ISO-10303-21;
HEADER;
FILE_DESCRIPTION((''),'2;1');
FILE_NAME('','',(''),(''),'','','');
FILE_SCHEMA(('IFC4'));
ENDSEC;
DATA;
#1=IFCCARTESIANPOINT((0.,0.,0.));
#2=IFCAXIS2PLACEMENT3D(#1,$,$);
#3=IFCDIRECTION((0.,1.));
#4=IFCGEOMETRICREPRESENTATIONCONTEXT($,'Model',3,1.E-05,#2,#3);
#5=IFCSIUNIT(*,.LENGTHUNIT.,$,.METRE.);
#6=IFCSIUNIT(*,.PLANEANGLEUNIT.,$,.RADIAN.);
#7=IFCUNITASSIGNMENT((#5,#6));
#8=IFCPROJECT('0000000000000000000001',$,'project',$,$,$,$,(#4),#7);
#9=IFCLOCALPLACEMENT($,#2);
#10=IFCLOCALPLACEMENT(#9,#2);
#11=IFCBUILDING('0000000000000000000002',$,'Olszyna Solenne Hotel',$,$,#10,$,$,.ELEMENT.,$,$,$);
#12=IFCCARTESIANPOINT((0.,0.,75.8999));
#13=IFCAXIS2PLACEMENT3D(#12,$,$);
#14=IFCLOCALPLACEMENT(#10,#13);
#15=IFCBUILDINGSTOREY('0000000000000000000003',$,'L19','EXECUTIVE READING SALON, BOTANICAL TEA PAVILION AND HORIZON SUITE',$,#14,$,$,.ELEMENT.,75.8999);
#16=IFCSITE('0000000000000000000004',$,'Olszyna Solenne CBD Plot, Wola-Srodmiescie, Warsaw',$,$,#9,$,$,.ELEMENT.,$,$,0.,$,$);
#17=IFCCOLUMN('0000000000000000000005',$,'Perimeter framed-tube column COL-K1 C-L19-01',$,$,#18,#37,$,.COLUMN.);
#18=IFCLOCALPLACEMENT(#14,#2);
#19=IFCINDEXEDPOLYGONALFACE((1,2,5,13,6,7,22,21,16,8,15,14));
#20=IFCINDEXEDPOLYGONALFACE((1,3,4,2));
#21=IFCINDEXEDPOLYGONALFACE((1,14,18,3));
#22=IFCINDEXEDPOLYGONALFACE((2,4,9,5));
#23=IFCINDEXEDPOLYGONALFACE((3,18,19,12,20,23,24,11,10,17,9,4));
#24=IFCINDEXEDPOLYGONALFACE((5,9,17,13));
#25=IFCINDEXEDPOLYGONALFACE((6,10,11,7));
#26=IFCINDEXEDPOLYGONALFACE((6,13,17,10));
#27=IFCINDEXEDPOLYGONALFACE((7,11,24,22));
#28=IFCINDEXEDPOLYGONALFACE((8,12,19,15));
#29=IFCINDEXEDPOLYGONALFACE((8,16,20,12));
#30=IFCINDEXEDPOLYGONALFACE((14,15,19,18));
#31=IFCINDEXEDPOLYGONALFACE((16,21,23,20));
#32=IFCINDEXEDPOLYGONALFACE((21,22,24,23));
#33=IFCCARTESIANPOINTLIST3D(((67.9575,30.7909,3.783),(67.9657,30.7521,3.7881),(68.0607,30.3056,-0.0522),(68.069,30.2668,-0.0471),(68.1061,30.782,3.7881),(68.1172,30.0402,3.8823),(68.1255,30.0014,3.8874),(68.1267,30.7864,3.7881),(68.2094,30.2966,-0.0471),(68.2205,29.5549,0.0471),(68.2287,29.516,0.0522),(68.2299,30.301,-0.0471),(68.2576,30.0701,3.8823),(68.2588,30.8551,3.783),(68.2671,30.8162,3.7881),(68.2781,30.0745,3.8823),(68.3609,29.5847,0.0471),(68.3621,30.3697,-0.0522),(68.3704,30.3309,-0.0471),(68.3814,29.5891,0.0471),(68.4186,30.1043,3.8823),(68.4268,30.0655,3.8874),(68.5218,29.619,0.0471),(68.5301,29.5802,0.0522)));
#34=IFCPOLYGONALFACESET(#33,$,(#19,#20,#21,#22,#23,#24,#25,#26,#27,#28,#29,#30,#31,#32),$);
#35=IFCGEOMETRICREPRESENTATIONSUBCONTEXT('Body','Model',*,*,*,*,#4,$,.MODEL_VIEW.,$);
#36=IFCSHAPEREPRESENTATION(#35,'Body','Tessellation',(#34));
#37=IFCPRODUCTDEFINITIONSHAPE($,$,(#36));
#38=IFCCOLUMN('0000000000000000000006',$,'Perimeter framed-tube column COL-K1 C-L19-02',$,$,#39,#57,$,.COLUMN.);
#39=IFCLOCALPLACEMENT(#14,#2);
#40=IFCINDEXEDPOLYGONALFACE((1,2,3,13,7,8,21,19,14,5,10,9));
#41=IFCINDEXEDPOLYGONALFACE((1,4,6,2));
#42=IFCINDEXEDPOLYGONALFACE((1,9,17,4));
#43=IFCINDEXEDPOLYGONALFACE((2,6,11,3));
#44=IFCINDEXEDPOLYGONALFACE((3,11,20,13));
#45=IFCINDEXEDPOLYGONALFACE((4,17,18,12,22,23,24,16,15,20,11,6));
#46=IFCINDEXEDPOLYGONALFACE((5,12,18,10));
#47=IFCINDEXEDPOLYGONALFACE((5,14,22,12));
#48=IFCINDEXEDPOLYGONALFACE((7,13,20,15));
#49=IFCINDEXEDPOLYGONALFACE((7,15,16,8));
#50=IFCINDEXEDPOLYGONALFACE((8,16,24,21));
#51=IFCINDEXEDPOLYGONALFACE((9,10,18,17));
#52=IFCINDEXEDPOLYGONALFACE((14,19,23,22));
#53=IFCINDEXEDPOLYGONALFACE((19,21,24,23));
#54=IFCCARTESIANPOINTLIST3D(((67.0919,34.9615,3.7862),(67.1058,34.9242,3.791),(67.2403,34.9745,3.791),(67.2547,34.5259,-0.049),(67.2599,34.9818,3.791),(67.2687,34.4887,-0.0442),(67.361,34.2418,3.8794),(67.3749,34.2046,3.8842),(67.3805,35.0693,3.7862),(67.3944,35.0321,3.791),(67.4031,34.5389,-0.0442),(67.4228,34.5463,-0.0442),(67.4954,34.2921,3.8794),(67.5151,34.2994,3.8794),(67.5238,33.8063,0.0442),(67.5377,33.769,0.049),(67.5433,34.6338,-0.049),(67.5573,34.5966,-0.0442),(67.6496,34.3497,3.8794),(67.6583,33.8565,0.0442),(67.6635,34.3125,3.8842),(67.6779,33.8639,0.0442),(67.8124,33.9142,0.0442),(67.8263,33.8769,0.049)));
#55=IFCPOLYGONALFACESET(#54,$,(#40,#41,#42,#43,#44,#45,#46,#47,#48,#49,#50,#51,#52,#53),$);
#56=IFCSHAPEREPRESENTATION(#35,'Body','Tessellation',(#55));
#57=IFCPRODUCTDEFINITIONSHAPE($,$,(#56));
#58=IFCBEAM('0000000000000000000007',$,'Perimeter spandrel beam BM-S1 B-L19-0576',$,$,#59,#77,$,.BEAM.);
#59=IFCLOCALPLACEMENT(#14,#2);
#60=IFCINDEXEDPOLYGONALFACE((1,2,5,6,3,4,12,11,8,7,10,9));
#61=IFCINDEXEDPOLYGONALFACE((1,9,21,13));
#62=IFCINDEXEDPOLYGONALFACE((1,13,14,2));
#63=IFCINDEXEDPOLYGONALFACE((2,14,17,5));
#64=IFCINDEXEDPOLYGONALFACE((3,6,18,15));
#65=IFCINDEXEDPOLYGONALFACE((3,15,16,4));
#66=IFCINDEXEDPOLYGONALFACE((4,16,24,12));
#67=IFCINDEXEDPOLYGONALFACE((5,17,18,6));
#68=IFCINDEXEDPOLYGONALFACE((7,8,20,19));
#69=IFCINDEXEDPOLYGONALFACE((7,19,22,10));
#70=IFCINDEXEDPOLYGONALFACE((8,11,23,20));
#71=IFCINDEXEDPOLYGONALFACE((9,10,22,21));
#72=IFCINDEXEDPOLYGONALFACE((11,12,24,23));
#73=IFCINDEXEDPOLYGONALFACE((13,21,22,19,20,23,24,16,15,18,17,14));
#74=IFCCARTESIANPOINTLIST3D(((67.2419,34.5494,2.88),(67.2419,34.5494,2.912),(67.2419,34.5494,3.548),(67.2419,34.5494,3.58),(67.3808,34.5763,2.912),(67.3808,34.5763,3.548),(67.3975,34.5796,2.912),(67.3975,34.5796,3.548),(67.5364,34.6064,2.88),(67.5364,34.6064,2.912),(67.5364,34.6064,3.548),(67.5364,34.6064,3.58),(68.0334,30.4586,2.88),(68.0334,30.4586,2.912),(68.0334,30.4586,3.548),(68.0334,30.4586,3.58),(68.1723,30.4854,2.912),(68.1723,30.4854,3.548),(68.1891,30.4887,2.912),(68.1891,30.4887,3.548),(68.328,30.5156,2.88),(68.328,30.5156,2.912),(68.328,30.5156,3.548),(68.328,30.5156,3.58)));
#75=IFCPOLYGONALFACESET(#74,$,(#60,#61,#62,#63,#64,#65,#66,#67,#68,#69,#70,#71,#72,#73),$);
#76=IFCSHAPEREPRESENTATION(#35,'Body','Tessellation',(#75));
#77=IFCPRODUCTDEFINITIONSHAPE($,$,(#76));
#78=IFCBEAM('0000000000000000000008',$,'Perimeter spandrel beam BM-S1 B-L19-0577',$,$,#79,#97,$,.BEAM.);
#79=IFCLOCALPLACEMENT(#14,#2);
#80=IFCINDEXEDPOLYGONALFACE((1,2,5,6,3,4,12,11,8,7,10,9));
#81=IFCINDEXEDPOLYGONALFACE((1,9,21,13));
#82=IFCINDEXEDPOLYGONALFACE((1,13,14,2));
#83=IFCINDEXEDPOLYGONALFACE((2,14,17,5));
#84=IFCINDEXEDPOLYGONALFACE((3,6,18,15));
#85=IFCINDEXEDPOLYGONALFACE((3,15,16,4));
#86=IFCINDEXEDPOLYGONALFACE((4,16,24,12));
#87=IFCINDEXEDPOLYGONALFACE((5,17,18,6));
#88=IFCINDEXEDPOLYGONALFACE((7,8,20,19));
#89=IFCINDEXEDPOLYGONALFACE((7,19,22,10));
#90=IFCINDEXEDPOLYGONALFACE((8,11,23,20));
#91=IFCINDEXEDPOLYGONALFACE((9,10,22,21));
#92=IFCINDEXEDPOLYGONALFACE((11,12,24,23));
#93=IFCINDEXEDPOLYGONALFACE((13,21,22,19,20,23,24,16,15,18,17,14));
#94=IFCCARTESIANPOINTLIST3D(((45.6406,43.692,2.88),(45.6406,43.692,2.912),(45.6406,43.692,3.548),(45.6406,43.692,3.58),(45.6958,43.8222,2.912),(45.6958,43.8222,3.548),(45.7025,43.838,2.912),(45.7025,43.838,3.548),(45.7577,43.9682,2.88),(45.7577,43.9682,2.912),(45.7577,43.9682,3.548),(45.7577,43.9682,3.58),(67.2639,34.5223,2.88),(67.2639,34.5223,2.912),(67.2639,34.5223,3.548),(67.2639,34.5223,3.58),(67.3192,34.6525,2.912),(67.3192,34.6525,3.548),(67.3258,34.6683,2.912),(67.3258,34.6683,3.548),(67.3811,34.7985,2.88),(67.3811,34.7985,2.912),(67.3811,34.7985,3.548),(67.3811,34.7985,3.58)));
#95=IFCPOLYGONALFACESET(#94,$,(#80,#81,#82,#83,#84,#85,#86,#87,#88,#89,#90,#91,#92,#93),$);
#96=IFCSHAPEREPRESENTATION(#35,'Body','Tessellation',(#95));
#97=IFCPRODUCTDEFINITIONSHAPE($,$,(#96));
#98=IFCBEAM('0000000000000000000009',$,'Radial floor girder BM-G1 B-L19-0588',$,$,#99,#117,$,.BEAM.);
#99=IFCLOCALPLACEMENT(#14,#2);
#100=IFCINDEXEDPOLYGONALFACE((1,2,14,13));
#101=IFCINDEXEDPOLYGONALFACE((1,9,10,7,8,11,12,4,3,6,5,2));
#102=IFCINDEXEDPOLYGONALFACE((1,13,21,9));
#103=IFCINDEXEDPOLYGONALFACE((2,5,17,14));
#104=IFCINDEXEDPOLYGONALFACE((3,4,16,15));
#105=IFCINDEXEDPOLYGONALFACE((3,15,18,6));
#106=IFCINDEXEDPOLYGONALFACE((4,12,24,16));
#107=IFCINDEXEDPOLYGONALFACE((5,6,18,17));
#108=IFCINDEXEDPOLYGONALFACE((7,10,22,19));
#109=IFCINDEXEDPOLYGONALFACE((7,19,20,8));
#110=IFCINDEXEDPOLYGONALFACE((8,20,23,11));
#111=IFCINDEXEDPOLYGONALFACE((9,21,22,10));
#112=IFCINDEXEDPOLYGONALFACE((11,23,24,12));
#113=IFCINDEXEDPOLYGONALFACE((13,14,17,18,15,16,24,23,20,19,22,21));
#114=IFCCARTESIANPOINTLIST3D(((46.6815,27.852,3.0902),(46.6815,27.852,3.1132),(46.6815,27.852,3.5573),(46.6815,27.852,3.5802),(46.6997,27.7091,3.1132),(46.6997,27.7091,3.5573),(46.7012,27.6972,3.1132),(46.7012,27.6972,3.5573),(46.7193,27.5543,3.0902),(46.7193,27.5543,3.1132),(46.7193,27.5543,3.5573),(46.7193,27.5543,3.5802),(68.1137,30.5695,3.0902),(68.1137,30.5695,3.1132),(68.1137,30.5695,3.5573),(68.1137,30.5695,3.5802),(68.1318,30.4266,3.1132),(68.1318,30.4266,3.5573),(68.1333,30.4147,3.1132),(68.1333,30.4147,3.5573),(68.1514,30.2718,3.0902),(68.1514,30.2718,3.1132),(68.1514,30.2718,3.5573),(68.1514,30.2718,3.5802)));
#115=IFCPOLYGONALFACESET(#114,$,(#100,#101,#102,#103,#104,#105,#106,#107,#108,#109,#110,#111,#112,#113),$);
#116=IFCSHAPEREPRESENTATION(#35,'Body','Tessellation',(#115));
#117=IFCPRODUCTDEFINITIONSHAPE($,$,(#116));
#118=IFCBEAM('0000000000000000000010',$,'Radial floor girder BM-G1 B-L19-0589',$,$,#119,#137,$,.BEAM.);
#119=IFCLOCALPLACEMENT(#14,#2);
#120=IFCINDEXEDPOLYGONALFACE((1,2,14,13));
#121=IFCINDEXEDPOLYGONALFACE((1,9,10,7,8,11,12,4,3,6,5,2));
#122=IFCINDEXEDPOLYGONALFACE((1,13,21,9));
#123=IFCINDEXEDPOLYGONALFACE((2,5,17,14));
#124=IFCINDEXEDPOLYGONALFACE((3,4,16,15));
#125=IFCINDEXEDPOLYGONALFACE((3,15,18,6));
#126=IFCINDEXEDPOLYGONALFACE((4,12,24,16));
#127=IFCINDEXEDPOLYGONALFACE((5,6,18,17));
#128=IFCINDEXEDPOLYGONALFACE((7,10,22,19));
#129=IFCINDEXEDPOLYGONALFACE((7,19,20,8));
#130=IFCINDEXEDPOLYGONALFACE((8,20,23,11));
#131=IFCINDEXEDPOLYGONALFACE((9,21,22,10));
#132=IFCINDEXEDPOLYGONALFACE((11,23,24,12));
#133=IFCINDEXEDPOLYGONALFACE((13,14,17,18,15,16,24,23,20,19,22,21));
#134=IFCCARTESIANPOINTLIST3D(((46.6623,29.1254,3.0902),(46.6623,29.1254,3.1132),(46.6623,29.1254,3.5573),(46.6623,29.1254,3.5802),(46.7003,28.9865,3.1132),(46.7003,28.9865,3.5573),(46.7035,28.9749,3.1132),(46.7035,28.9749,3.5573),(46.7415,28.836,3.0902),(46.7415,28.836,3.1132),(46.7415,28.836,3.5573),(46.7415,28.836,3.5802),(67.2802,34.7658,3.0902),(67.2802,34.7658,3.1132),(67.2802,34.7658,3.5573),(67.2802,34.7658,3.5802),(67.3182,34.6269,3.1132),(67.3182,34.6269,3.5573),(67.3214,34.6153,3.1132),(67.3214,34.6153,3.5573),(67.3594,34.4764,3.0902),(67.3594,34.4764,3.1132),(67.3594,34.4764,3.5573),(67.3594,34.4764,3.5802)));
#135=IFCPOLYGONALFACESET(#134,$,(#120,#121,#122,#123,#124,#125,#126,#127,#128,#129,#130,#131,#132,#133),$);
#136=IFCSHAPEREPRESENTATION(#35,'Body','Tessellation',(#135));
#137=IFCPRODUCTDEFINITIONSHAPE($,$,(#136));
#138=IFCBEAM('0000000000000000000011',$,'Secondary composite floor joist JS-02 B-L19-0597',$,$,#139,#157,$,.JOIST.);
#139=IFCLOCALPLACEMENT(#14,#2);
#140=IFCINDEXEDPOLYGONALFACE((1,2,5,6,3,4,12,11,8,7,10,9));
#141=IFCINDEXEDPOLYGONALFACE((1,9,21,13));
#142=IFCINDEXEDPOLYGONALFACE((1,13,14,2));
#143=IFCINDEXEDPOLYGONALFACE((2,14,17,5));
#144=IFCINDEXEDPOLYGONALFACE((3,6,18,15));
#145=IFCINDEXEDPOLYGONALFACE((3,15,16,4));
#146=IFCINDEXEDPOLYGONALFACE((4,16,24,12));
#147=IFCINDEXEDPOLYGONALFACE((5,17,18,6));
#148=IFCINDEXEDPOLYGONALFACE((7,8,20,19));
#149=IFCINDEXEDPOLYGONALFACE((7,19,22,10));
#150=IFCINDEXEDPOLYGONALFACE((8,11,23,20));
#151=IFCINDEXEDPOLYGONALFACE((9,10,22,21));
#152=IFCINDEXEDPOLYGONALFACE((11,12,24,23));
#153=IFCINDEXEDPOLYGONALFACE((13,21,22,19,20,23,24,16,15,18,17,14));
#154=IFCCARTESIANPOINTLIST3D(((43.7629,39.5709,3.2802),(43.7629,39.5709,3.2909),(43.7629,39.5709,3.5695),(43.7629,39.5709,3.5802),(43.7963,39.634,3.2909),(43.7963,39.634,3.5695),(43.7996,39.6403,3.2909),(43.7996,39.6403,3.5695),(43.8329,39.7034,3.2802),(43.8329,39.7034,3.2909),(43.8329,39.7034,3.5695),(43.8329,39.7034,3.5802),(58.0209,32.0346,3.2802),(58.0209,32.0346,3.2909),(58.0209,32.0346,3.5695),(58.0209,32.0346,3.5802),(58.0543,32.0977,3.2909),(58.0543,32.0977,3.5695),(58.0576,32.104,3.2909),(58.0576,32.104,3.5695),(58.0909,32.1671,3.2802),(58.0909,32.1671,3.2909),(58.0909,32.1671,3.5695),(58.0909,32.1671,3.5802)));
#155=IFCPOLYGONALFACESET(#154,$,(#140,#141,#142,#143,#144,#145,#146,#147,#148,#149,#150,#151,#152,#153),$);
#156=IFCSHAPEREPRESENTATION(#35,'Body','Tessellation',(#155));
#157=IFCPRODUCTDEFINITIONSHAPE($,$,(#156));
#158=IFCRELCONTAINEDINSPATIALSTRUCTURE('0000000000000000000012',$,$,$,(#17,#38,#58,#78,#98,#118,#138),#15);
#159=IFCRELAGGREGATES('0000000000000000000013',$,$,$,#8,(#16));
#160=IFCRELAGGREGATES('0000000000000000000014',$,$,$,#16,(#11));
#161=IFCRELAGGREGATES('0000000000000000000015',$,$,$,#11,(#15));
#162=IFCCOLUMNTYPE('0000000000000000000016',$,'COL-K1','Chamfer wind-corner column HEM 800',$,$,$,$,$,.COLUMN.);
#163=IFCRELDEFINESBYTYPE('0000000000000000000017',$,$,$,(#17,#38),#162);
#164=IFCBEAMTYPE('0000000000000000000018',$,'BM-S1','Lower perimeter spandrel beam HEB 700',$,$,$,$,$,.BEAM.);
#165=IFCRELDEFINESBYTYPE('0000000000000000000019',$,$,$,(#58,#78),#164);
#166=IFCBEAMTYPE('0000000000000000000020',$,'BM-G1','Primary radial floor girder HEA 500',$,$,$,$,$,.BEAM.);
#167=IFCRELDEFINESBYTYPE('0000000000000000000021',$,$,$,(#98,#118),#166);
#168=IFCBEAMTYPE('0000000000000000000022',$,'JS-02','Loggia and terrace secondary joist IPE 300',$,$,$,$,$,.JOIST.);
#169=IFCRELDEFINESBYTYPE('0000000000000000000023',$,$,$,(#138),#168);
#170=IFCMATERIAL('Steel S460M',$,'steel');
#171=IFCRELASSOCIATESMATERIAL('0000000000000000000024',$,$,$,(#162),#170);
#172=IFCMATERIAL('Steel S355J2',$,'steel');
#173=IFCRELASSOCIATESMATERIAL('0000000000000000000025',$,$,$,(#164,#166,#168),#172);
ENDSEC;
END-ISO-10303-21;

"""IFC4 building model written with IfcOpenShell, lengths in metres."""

from ifc_helpers import new_model, si_unit, direction, frame, origin, origin_2d, place, context, subcontext, project, spatial, i_section, extrude, source, transform, mapped, material, material_profile, profile_set, type_object, element, save


model = new_model("IFC4")

# Units and contexts
model_context = context("Model", 3, precision=1e-05, world=origin(), true_north=direction((0.0, 1.0)))
body_context = subcontext(model_context, "Body", "Model", "MODEL_VIEW")
ifc_project = project(units=[si_unit("LENGTHUNIT", "METRE"), si_unit("PLANEANGLEUNIT", "RADIAN")], contexts=[model_context])

# Site, building, storey
site_placement = place(None, origin())
site = spatial("IfcSite", under=ifc_project, at=site_placement, Name="Olszyna Solenne CBD Plot, Wola-Srodmiescie, Warsaw", CompositionType="ELEMENT", RefElevation=0.0)
building_placement = place(site_placement, origin())
building = spatial("IfcBuilding", under=site, at=building_placement, Name="Olszyna Solenne Hotel", CompositionType="ELEMENT")
storey_placement = place(building_placement, frame((0.0, 0.0, 75.8999)))
storey = spatial("IfcBuildingStorey", under=building, at=storey_placement, Name="L19", Description="EXECUTIVE READING SALON, BOTANICAL TEA PAVILION AND HORIZON SUITE", CompositionType="ELEMENT", Elevation=75.8999)

# Columns
ifc_material_1 = material(Name="Steel S460M", Category="steel")
ifc_material_profile_1 = material_profile(ifc_material_1, i_section(OverallWidth=0.3081, OverallDepth=0.814, WebThickness=0.021, FlangeThickness=0.04, at=origin_2d()), Name="HEM 800", Category="load-bearing")
ifc_profile_set_1 = profile_set([ifc_material_profile_1], Name="Steel S460M")
column_type = type_object("IfcColumnType", Name="COL-K1", Description="Chamfer wind-corner column HEM 800", PredefinedType="COLUMN", material=ifc_profile_set_1)
shared_shape_1 = source(origin(), body_context, "Body", "SweptSolid", [
    extrude(i_section(OverallWidth=0.3081, OverallDepth=0.814, WebThickness=0.021, FlangeThickness=0.04, at=origin_2d()), origin(), (0.0, 0.0, 1.0), 3.8672),
])
column_1_placement = place(storey_placement, frame((68.2954, 29.9429, 0.0), z_axis=(-0.026705, 0.125506, 0.991733), x_axis=(-0.978104, -0.208118, 0.0)))
element("IfcColumn", 1, at=column_1_placement, inside=storey, type_object=column_type, Name="Perimeter framed-tube column COL-K1 C-L19-01", PredefinedType="COLUMN", context=body_context, shape_type="MappedRepresentation", body=[
    mapped(shared_shape_1, transform((0.0, 0.0, 0.0), x_axis=(1.0, 0.0, 0.0), y_axis=(0.0, 1.0, 0.0), z_axis=(0.0, 0.0, 1.0), scale=1.0)),
])
shared_shape_2 = source(origin(), body_context, "Body", "SweptSolid", [
    extrude(i_section(OverallWidth=0.3081, OverallDepth=0.814, WebThickness=0.021, FlangeThickness=0.04, at=origin_2d()), origin(), (0.0, 0.0, 1.0), 3.8633),
])
column_2_placement = place(storey_placement, frame((67.5405, 34.2014, 0.0), z_axis=(-0.042151, 0.11274, 0.99273), x_axis=(-0.936674, -0.350203, 0.0)))
element("IfcColumn", 2, at=column_2_placement, inside=storey, type_object=column_type, Name="Perimeter framed-tube column COL-K1 C-L19-02", PredefinedType="COLUMN", context=body_context, shape_type="MappedRepresentation", body=[
    mapped(shared_shape_2, transform((0.0, 0.0, 0.0), x_axis=(1.0, 0.0, 0.0), y_axis=(0.0, 1.0, 0.0), z_axis=(0.0, 0.0, 1.0), scale=1.0)),
])

# Beams
ifc_material_2 = material(Name="Steel S355J2", Category="steel")
ifc_material_profile_2 = material_profile(ifc_material_2, i_section(OverallWidth=0.3, OverallDepth=0.7, WebThickness=0.0171, FlangeThickness=0.032, at=origin_2d()), Name="HEB 700", Category="load-bearing")
ifc_profile_set_2 = profile_set([ifc_material_profile_2], Name="Steel S355J2")
beam_type_1 = type_object("IfcBeamType", Name="BM-S1", Description="Lower perimeter spandrel beam HEB 700", PredefinedType="BEAM", material=ifc_profile_set_2)
shared_shape_3 = source(origin(), body_context, "Body", "SweptSolid", [
    extrude(i_section(OverallWidth=0.3, OverallDepth=0.7, WebThickness=0.0171, FlangeThickness=0.032, at=origin_2d()), origin(), (0.0, 0.0, 1.0), 4.1667),
])
beam_1_placement = place(storey_placement, frame((68.1807, 30.4871, 3.23), z_axis=(-0.18996, 0.981792, 0.0), x_axis=(-0.981792, -0.18996, 0.0)))
element("IfcBeam", 3, at=beam_1_placement, inside=storey, type_object=beam_type_1, Name="Perimeter spandrel beam BM-S1 B-L19-0576", PredefinedType="BEAM", context=body_context, shape_type="MappedRepresentation", body=[
    mapped(shared_shape_3, transform((0.0, 0.0, 0.0), x_axis=(1.0, 0.0, 0.0), y_axis=(0.0, 1.0, 0.0), z_axis=(0.0, 0.0, 1.0), scale=1.0)),
])
shared_shape_4 = source(origin(), body_context, "Body", "SweptSolid", [
    extrude(i_section(OverallWidth=0.3, OverallDepth=0.7, WebThickness=0.0171, FlangeThickness=0.032, at=origin_2d()), origin(), (0.0, 0.0, 1.0), 23.4873),
])
beam_2_placement = place(storey_placement, frame((67.3225, 34.6604, 3.23), z_axis=(-0.920641, 0.390411, 0.0), x_axis=(-0.390411, -0.920641, 0.0)))
element("IfcBeam", 4, at=beam_2_placement, inside=storey, type_object=beam_type_1, Name="Perimeter spandrel beam BM-S1 B-L19-0577", PredefinedType="BEAM", context=body_context, shape_type="MappedRepresentation", body=[
    mapped(shared_shape_4, transform((0.0, 0.0, 0.0), x_axis=(1.0, 0.0, 0.0), y_axis=(0.0, 1.0, 0.0), z_axis=(0.0, 0.0, 1.0), scale=1.0)),
])
ifc_material_profile_3 = material_profile(ifc_material_2, i_section(OverallWidth=0.3, OverallDepth=0.49, WebThickness=0.012, FlangeThickness=0.0229, at=origin_2d()), Name="HEA 500", Category="load-bearing")
ifc_profile_set_3 = profile_set([ifc_material_profile_3], Name="Steel S355J2")
beam_type_2 = type_object("IfcBeamType", Name="BM-G1", Description="Primary radial floor girder HEA 500", PredefinedType="BEAM", material=ifc_profile_set_3)
shared_shape_5 = source(origin(), body_context, "Body", "SweptSolid", [
    extrude(i_section(OverallWidth=0.3, OverallDepth=0.49, WebThickness=0.012, FlangeThickness=0.0229, at=origin_2d()), origin(), (0.0, 0.0, 1.0), 21.6038),
])
beam_3_placement = place(storey_placement, frame((68.1326, 30.4207, 3.3352), z_axis=(-0.992057, -0.12579, 0.0), x_axis=(0.12579, -0.992057, 0.0)))
element("IfcBeam", 5, at=beam_3_placement, inside=storey, type_object=beam_type_2, Name="Radial floor girder BM-G1 B-L19-0588", PredefinedType="BEAM", context=body_context, shape_type="MappedRepresentation", body=[
    mapped(shared_shape_5, transform((0.0, 0.0, 0.0), x_axis=(1.0, 0.0, 0.0), y_axis=(0.0, 1.0, 0.0), z_axis=(0.0, 0.0, 1.0), scale=1.0)),
])
shared_shape_6 = source(origin(), body_context, "Body", "SweptSolid", [
    extrude(i_section(OverallWidth=0.3, OverallDepth=0.49, WebThickness=0.012, FlangeThickness=0.0229, at=origin_2d()), origin(), (0.0, 0.0, 1.0), 21.3755),
])
beam_4_placement = place(storey_placement, frame((67.3198, 34.6211, 3.3352), z_axis=(-0.964558, -0.263871, 0.0), x_axis=(0.263871, -0.964558, 0.0)))
element("IfcBeam", 6, at=beam_4_placement, inside=storey, type_object=beam_type_2, Name="Radial floor girder BM-G1 B-L19-0589", PredefinedType="BEAM", context=body_context, shape_type="MappedRepresentation", body=[
    mapped(shared_shape_6, transform((0.0, 0.0, 0.0), x_axis=(1.0, 0.0, 0.0), y_axis=(0.0, 1.0, 0.0), z_axis=(0.0, 0.0, 1.0), scale=1.0)),
])
ifc_material_profile_4 = material_profile(ifc_material_2, i_section(OverallWidth=0.1499, OverallDepth=0.3, WebThickness=0.0071, FlangeThickness=0.0107, at=origin_2d()), Name="IPE 300", Category="load-bearing")
ifc_profile_set_4 = profile_set([ifc_material_profile_4], Name="Steel S355J2")
beam_type_3 = type_object("IfcBeamType", Name="JS-02", Description="Loggia and terrace secondary joist IPE 300", PredefinedType="JOIST", material=ifc_profile_set_4)
shared_shape_7 = source(origin(), body_context, "Body", "SweptSolid", [
    extrude(i_section(OverallWidth=0.1499, OverallDepth=0.3, WebThickness=0.0071, FlangeThickness=0.0107, at=origin_2d()), origin(), (0.0, 0.0, 1.0), 16.1272),
])
beam_5_placement = place(storey_placement, frame((58.0559, 32.1008, 3.4302), z_axis=(-0.884096, 0.467306, 0.0), x_axis=(-0.467306, -0.884096, 0.0)))
element("IfcBeam", 7, at=beam_5_placement, inside=storey, type_object=beam_type_3, Name="Secondary composite floor joist JS-02 B-L19-0597", PredefinedType="JOIST", context=body_context, shape_type="MappedRepresentation", body=[
    mapped(shared_shape_7, transform((0.0, 0.0, 0.0), x_axis=(1.0, 0.0, 0.0), y_axis=(0.0, 1.0, 0.0), z_axis=(0.0, 0.0, 1.0), scale=1.0)),
])

save(model, "model.ifc")
